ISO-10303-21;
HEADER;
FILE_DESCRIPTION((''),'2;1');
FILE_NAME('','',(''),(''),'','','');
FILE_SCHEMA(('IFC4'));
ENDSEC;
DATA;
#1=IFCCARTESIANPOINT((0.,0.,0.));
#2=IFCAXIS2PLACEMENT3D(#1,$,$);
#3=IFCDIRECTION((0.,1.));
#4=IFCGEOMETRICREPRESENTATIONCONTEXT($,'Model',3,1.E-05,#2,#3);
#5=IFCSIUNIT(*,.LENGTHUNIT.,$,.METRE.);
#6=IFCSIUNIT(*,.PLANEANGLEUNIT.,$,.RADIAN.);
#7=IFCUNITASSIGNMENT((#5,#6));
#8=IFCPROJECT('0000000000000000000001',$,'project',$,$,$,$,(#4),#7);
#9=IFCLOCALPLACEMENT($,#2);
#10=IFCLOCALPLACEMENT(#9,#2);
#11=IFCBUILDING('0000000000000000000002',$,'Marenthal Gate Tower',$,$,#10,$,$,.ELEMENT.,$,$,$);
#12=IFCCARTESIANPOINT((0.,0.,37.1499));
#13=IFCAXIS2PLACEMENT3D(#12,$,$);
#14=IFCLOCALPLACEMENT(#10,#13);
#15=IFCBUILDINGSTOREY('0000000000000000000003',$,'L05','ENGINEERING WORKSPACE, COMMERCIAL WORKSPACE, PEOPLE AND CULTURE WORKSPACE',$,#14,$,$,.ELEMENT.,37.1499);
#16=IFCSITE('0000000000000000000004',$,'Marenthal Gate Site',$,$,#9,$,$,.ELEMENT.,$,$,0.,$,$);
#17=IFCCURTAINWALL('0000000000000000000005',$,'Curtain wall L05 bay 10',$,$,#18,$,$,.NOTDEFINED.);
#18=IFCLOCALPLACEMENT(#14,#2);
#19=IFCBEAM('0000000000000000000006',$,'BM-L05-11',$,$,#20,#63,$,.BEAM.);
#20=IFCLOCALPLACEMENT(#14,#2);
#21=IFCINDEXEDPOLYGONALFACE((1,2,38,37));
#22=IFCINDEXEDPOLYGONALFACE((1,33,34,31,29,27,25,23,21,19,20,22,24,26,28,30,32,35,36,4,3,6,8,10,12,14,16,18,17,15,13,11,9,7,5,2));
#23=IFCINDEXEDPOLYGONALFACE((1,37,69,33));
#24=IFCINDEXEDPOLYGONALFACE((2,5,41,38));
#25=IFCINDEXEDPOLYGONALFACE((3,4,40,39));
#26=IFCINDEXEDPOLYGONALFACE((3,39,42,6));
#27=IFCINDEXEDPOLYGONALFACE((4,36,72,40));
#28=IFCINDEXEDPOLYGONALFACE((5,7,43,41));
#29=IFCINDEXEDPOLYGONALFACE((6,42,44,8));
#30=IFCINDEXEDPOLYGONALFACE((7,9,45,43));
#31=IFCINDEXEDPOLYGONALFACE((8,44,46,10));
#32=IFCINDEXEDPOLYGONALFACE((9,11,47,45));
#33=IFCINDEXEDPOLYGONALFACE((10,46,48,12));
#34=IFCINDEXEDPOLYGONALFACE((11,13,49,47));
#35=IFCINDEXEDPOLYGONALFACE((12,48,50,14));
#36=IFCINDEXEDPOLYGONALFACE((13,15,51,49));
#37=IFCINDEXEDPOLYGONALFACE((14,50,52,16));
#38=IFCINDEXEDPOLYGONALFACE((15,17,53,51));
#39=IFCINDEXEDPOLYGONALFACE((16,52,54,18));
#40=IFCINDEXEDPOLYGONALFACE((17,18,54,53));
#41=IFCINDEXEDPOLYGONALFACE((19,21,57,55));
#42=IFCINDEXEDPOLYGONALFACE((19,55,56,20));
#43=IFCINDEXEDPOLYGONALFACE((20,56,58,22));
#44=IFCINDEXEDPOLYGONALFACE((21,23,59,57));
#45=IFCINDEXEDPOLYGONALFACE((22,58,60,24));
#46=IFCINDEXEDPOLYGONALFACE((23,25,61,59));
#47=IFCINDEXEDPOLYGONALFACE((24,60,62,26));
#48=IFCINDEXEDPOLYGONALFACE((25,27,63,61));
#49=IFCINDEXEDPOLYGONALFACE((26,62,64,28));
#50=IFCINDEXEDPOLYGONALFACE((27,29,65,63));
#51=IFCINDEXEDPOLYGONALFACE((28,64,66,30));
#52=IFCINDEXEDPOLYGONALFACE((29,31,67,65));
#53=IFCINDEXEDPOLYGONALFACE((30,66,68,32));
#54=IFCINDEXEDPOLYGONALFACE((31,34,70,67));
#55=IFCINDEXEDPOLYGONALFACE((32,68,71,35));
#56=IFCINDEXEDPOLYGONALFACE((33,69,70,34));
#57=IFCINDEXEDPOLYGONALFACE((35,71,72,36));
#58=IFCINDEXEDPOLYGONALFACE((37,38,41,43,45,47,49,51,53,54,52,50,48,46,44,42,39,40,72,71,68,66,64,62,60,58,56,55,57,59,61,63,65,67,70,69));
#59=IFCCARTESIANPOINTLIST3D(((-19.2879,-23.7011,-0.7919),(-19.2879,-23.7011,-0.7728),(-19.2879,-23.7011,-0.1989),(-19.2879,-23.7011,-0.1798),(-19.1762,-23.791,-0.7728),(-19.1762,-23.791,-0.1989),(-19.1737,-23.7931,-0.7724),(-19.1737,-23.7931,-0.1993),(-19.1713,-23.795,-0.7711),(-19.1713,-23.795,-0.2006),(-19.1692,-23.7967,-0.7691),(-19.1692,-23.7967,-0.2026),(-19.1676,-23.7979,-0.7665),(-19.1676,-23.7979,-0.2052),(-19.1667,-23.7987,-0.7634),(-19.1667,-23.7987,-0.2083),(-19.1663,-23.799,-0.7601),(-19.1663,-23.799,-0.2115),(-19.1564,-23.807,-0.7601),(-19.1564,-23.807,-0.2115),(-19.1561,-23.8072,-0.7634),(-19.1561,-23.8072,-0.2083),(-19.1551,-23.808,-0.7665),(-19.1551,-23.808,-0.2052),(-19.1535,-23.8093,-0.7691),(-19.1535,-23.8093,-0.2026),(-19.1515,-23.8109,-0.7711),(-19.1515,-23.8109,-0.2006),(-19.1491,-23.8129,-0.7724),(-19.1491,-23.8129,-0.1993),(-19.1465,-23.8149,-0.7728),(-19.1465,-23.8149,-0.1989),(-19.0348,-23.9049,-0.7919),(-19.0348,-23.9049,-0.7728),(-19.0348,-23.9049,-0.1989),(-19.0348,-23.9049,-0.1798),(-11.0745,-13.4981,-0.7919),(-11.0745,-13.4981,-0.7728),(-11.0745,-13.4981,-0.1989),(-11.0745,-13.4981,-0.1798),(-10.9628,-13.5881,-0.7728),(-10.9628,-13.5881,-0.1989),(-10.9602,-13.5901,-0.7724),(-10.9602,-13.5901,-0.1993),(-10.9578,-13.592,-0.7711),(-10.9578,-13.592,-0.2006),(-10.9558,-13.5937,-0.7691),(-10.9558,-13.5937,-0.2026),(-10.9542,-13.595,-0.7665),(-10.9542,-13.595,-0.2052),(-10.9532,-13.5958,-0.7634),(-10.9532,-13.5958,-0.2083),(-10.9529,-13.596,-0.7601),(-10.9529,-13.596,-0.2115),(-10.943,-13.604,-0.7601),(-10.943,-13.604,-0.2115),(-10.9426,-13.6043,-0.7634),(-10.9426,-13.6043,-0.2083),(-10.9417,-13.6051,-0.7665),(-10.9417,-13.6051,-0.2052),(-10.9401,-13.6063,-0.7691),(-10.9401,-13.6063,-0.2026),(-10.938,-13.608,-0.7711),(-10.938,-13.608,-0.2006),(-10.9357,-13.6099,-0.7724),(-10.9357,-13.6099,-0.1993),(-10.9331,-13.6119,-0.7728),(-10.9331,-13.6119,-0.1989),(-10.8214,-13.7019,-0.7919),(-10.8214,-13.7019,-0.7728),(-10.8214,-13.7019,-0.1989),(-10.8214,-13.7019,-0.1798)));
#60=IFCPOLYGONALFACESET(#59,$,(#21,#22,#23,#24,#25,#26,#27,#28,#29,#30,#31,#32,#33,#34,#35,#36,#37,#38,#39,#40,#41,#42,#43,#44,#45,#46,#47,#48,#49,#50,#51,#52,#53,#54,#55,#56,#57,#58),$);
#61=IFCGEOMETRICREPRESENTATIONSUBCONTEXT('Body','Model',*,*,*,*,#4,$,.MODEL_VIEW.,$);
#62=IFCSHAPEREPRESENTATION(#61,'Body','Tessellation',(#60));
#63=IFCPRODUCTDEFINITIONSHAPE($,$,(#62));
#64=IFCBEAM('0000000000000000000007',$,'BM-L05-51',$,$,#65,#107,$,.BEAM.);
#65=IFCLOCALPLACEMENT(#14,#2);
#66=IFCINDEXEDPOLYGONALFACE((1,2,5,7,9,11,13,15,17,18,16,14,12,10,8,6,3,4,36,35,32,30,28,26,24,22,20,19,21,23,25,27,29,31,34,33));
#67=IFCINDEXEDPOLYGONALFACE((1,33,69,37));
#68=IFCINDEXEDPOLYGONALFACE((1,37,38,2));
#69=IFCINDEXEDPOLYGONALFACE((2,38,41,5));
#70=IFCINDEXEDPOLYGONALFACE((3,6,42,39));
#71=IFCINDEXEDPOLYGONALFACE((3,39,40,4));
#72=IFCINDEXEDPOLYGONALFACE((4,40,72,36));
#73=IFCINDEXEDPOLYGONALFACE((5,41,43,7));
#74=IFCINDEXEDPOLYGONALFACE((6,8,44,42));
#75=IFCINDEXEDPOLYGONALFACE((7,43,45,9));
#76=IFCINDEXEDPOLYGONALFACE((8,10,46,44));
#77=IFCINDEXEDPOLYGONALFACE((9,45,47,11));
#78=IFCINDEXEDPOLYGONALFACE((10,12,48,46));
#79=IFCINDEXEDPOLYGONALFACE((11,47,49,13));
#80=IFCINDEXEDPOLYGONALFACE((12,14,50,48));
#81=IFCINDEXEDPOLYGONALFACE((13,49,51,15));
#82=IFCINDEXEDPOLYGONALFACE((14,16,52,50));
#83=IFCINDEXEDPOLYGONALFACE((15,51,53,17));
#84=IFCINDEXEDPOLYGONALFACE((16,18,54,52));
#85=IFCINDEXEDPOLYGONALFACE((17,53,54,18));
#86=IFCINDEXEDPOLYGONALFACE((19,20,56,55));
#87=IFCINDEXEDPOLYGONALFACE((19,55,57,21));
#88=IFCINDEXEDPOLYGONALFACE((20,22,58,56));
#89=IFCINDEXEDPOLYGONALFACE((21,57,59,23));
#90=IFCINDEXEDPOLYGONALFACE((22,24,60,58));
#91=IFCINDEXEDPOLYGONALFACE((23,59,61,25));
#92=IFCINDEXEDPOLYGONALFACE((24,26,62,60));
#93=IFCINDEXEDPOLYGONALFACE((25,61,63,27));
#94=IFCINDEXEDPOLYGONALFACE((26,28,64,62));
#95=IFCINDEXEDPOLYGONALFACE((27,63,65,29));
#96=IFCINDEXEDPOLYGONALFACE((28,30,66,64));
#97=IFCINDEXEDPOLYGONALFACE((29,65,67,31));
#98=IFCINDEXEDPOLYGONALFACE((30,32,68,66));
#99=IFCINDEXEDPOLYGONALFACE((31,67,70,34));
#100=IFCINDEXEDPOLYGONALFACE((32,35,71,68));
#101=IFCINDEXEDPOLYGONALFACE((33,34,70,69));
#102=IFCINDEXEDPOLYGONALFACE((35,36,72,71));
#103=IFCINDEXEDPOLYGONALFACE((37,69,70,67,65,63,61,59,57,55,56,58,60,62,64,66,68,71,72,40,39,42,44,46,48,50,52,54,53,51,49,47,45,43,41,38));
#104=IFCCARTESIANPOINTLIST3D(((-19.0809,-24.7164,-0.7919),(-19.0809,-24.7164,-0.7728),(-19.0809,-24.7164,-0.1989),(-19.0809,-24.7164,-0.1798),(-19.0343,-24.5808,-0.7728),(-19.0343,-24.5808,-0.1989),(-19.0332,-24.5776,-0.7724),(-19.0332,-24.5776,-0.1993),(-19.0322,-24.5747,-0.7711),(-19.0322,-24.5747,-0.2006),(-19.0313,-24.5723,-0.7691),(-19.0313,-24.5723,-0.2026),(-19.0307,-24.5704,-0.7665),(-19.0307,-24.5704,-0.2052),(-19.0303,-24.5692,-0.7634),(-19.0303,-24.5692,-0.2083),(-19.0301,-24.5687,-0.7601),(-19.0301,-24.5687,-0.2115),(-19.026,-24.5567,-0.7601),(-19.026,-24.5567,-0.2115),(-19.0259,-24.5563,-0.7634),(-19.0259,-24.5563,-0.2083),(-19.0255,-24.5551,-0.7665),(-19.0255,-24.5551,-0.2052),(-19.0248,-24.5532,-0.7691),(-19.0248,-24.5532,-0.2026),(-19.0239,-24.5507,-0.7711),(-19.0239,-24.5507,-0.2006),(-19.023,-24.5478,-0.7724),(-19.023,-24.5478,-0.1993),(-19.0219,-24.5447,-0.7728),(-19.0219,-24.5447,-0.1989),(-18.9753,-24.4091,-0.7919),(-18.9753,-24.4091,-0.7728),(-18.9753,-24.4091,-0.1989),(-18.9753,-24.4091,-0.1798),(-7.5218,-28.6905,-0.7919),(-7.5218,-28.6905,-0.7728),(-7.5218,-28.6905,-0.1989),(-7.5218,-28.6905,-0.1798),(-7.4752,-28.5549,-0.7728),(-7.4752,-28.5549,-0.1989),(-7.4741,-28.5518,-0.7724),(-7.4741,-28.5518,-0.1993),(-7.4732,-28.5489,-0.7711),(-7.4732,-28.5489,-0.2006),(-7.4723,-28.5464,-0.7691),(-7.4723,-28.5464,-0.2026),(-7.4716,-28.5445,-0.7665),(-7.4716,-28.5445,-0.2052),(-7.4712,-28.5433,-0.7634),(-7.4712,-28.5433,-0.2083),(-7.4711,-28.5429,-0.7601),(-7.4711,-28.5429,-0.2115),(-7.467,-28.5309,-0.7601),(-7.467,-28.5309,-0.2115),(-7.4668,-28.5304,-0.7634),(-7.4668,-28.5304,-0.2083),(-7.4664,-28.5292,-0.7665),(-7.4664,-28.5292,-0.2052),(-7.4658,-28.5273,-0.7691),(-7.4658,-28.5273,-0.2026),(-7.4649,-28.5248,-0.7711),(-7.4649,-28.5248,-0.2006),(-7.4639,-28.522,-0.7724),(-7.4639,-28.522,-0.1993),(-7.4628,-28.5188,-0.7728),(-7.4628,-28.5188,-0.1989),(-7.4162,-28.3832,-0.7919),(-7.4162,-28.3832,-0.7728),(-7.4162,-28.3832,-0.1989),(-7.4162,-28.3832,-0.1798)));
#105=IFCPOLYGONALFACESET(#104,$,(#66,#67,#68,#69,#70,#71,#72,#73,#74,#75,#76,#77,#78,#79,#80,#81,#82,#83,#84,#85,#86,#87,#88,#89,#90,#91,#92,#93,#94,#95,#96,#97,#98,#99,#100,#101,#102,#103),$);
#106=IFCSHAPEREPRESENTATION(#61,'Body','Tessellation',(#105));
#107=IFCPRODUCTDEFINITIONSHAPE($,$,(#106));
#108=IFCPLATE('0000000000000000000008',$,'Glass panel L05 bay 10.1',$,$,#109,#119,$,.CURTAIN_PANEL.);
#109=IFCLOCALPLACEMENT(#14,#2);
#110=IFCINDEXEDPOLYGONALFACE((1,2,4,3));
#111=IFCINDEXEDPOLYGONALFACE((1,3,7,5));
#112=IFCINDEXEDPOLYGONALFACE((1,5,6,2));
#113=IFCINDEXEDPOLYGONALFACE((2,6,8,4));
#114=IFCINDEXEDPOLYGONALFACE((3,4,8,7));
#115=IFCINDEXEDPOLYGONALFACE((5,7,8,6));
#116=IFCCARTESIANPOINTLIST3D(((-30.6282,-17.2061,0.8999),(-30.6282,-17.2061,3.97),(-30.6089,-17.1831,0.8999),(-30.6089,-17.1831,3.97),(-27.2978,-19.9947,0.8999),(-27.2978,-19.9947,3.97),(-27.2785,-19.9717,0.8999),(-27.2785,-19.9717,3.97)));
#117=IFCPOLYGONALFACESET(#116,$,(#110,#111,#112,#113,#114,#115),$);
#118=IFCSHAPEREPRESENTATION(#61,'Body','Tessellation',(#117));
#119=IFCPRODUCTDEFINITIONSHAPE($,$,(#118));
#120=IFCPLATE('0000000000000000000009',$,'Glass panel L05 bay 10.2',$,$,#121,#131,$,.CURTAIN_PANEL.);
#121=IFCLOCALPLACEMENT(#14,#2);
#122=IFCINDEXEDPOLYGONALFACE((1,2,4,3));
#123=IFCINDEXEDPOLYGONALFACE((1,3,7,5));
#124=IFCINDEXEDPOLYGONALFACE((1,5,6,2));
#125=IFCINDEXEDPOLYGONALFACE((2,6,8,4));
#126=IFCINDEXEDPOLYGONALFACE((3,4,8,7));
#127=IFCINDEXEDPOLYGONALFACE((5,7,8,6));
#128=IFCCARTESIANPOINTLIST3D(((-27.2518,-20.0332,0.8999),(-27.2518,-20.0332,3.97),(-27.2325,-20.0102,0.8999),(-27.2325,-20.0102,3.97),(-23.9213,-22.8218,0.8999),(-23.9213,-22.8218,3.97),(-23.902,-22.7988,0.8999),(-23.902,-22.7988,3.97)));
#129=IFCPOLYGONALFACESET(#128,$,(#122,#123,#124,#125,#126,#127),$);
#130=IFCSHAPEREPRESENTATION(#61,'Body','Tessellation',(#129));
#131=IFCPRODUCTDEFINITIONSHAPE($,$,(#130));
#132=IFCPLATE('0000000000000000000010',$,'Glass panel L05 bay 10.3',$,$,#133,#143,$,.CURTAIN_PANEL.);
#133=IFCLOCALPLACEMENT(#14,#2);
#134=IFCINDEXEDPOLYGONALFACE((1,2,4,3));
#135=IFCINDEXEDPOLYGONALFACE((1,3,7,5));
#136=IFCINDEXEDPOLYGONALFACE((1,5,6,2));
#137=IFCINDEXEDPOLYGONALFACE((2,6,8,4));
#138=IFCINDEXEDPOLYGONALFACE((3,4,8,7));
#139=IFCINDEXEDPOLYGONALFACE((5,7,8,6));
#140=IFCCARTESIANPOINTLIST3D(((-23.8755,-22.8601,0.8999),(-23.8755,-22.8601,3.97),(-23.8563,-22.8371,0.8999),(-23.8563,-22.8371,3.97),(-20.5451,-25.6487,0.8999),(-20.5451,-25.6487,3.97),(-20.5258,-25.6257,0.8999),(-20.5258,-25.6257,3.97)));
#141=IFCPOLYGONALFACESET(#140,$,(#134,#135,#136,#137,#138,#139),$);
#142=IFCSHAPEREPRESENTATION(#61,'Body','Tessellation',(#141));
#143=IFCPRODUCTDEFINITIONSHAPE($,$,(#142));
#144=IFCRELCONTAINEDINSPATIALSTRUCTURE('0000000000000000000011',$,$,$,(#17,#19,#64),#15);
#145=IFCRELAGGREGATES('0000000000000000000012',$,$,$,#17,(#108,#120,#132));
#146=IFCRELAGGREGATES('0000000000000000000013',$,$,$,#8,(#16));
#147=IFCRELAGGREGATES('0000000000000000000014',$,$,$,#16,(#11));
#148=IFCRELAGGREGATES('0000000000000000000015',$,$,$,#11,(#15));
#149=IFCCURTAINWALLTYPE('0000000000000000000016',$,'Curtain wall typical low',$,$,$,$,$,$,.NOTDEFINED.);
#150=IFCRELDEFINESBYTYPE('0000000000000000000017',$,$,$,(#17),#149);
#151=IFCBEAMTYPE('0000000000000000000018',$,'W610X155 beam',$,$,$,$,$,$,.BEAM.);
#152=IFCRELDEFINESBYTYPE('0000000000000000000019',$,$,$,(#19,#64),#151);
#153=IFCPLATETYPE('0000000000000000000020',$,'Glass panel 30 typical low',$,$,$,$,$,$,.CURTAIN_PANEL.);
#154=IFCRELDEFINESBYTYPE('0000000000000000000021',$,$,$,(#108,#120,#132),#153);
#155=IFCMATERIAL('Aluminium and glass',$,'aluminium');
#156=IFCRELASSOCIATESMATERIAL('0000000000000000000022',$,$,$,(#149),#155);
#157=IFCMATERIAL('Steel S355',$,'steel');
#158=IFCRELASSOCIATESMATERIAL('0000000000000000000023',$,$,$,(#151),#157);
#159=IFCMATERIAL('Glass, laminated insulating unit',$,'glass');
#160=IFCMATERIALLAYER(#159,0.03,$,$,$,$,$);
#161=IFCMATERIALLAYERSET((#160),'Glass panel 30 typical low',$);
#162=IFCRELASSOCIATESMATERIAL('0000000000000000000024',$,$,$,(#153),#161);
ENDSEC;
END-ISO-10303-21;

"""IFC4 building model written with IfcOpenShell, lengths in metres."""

from ifc_helpers import new_model, si_unit, direction, frame, origin, origin_2d, place, context, subcontext, project, spatial, rectangle, i_section, extrude, material, layer, layer_set, material_profile, profile_set, type_object, element, aggregate, save


model = new_model("IFC4")

# Units and contexts
model_context = context("Model", 3, precision=1e-05, world=origin(), true_north=direction((0.0, 1.0)))
body_context = subcontext(model_context, "Body", "Model", "MODEL_VIEW")
ifc_project = project(units=[si_unit("LENGTHUNIT", "METRE"), si_unit("PLANEANGLEUNIT", "RADIAN")], contexts=[model_context])

# Site, building, storey
site_placement = place(None, origin())
site = spatial("IfcSite", under=ifc_project, at=site_placement, Name="Marenthal Gate Site", CompositionType="ELEMENT", RefElevation=0.0)
building_placement = place(site_placement, origin())
building = spatial("IfcBuilding", under=site, at=building_placement, Name="Marenthal Gate Tower", CompositionType="ELEMENT")
storey_placement = place(building_placement, frame((0.0, 0.0, 37.1499)))
storey = spatial("IfcBuildingStorey", under=building, at=storey_placement, Name="L05", Description="ENGINEERING WORKSPACE, COMMERCIAL WORKSPACE, PEOPLE AND CULTURE WORKSPACE", CompositionType="ELEMENT", Elevation=37.1499)

# Curtain wall
ifc_material_1 = material(Name="Aluminium and glass", Category="aluminium")
curtain_wall_type = type_object("IfcCurtainWallType", Name="Curtain wall typical low", PredefinedType="NOTDEFINED", material=ifc_material_1)
curtain_wall_placement = place(storey_placement, origin())
curtain_wall = element("IfcCurtainWall", 1, at=curtain_wall_placement, inside=storey, type_object=curtain_wall_type, Name="Curtain wall L05 bay 10", PredefinedType="NOTDEFINED")

# Beams
ifc_material_2 = material(Name="Steel S355", Category="steel")
ifc_material_profile_1 = material_profile(ifc_material_2, i_section(OverallWidth=0.325, OverallDepth=0.6121, WebThickness=0.0127, FlangeThickness=0.019, FilletRadius=0.0127, at=origin_2d()), Name="W610X155")
ifc_profile_set_1 = profile_set([ifc_material_profile_1], Name="Steel S355")
beam_type_1 = type_object("IfcBeamType", Name="W610X155 beam", PredefinedType="BEAM", material=ifc_profile_set_1)
beam_1_placement = place(storey_placement, frame((-19.1614, -23.803, -0.4858), z_axis=(0.62707, 0.778963, 0.0), x_axis=(-0.778963, 0.62707, 0.0)))
element("IfcBeam", 2, at=beam_1_placement, inside=storey, type_object=beam_type_1, Name="BM-L05-11", PredefinedType="BEAM", context=body_context, shape_type="SweptSolid", body=[
    extrude(i_section(OverallWidth=0.325, OverallDepth=0.6121, WebThickness=0.0127, FlangeThickness=0.019, FilletRadius=0.0127, at=origin_2d()), origin(), (0.0, 0.0, 1.0), 13.0981),
])
beam_2_placement = place(storey_placement, frame((-19.0281, -24.5627, -0.4858), z_axis=(0.945669, -0.32513, 0.0), x_axis=(0.32513, 0.945669, 0.0)))
element("IfcBeam", 3, at=beam_2_placement, inside=storey, type_object=beam_type_1, Name="BM-L05-51", PredefinedType="BEAM", context=body_context, shape_type="SweptSolid", body=[
    extrude(i_section(OverallWidth=0.325, OverallDepth=0.6121, WebThickness=0.0127, FlangeThickness=0.019, FilletRadius=0.0127, at=origin_2d()), origin(), (0.0, 0.0, 1.0), 12.2231),
])

# Plates
ifc_material_3 = material(Name="Glass, laminated insulating unit", Category="glass")
ifc_layer_1 = layer(ifc_material_3, 0.03)
ifc_layer_set_1 = layer_set([ifc_layer_1], Name="Glass panel 30 typical low")
plate_type = type_object("IfcPlateType", Name="Glass panel 30 typical low", PredefinedType="CURTAIN_PANEL", material=ifc_layer_set_1)
plate_1_placement = place(storey_placement, frame((-28.9534, -18.5889, 0.8999), z_axis=(0.0, 0.0, 1.0), x_axis=(0.76672, -0.641982, 0.0)))
plate_1 = element("IfcPlate", 4, at=plate_1_placement, type_object=plate_type, Name="Glass panel L05 bay 10.1", PredefinedType="CURTAIN_PANEL", context=body_context, shape_type="SweptSolid", body=[
    extrude(rectangle(XDim=4.3438, YDim=0.03, at=origin_2d()), origin(), (0.0, 0.0, 1.0), 3.0701),
])
plate_2_placement = place(storey_placement, frame((-25.5769, -21.416, 0.8999), z_axis=(0.0, 0.0, 1.0), x_axis=(0.76672, -0.641982, 0.0)))
plate_2 = element("IfcPlate", 5, at=plate_2_placement, type_object=plate_type, Name="Glass panel L05 bay 10.2", PredefinedType="CURTAIN_PANEL", context=body_context, shape_type="SweptSolid", body=[
    extrude(rectangle(XDim=4.3438, YDim=0.03, at=origin_2d()), origin(), (0.0, 0.0, 1.0), 3.0701),
])
plate_3_placement = place(storey_placement, frame((-22.2007, -24.2429, 0.8999), z_axis=(0.0, 0.0, 1.0), x_axis=(0.76672, -0.641982, 0.0)))
plate_3 = element("IfcPlate", 6, at=plate_3_placement, type_object=plate_type, Name="Glass panel L05 bay 10.3", PredefinedType="CURTAIN_PANEL", context=body_context, shape_type="SweptSolid", body=[
    extrude(rectangle(XDim=4.3438, YDim=0.03, at=origin_2d()), origin(), (0.0, 0.0, 1.0), 3.0701),
])
aggregate(curtain_wall, [plate_1, plate_2, plate_3])

save(model, "model.ifc")
